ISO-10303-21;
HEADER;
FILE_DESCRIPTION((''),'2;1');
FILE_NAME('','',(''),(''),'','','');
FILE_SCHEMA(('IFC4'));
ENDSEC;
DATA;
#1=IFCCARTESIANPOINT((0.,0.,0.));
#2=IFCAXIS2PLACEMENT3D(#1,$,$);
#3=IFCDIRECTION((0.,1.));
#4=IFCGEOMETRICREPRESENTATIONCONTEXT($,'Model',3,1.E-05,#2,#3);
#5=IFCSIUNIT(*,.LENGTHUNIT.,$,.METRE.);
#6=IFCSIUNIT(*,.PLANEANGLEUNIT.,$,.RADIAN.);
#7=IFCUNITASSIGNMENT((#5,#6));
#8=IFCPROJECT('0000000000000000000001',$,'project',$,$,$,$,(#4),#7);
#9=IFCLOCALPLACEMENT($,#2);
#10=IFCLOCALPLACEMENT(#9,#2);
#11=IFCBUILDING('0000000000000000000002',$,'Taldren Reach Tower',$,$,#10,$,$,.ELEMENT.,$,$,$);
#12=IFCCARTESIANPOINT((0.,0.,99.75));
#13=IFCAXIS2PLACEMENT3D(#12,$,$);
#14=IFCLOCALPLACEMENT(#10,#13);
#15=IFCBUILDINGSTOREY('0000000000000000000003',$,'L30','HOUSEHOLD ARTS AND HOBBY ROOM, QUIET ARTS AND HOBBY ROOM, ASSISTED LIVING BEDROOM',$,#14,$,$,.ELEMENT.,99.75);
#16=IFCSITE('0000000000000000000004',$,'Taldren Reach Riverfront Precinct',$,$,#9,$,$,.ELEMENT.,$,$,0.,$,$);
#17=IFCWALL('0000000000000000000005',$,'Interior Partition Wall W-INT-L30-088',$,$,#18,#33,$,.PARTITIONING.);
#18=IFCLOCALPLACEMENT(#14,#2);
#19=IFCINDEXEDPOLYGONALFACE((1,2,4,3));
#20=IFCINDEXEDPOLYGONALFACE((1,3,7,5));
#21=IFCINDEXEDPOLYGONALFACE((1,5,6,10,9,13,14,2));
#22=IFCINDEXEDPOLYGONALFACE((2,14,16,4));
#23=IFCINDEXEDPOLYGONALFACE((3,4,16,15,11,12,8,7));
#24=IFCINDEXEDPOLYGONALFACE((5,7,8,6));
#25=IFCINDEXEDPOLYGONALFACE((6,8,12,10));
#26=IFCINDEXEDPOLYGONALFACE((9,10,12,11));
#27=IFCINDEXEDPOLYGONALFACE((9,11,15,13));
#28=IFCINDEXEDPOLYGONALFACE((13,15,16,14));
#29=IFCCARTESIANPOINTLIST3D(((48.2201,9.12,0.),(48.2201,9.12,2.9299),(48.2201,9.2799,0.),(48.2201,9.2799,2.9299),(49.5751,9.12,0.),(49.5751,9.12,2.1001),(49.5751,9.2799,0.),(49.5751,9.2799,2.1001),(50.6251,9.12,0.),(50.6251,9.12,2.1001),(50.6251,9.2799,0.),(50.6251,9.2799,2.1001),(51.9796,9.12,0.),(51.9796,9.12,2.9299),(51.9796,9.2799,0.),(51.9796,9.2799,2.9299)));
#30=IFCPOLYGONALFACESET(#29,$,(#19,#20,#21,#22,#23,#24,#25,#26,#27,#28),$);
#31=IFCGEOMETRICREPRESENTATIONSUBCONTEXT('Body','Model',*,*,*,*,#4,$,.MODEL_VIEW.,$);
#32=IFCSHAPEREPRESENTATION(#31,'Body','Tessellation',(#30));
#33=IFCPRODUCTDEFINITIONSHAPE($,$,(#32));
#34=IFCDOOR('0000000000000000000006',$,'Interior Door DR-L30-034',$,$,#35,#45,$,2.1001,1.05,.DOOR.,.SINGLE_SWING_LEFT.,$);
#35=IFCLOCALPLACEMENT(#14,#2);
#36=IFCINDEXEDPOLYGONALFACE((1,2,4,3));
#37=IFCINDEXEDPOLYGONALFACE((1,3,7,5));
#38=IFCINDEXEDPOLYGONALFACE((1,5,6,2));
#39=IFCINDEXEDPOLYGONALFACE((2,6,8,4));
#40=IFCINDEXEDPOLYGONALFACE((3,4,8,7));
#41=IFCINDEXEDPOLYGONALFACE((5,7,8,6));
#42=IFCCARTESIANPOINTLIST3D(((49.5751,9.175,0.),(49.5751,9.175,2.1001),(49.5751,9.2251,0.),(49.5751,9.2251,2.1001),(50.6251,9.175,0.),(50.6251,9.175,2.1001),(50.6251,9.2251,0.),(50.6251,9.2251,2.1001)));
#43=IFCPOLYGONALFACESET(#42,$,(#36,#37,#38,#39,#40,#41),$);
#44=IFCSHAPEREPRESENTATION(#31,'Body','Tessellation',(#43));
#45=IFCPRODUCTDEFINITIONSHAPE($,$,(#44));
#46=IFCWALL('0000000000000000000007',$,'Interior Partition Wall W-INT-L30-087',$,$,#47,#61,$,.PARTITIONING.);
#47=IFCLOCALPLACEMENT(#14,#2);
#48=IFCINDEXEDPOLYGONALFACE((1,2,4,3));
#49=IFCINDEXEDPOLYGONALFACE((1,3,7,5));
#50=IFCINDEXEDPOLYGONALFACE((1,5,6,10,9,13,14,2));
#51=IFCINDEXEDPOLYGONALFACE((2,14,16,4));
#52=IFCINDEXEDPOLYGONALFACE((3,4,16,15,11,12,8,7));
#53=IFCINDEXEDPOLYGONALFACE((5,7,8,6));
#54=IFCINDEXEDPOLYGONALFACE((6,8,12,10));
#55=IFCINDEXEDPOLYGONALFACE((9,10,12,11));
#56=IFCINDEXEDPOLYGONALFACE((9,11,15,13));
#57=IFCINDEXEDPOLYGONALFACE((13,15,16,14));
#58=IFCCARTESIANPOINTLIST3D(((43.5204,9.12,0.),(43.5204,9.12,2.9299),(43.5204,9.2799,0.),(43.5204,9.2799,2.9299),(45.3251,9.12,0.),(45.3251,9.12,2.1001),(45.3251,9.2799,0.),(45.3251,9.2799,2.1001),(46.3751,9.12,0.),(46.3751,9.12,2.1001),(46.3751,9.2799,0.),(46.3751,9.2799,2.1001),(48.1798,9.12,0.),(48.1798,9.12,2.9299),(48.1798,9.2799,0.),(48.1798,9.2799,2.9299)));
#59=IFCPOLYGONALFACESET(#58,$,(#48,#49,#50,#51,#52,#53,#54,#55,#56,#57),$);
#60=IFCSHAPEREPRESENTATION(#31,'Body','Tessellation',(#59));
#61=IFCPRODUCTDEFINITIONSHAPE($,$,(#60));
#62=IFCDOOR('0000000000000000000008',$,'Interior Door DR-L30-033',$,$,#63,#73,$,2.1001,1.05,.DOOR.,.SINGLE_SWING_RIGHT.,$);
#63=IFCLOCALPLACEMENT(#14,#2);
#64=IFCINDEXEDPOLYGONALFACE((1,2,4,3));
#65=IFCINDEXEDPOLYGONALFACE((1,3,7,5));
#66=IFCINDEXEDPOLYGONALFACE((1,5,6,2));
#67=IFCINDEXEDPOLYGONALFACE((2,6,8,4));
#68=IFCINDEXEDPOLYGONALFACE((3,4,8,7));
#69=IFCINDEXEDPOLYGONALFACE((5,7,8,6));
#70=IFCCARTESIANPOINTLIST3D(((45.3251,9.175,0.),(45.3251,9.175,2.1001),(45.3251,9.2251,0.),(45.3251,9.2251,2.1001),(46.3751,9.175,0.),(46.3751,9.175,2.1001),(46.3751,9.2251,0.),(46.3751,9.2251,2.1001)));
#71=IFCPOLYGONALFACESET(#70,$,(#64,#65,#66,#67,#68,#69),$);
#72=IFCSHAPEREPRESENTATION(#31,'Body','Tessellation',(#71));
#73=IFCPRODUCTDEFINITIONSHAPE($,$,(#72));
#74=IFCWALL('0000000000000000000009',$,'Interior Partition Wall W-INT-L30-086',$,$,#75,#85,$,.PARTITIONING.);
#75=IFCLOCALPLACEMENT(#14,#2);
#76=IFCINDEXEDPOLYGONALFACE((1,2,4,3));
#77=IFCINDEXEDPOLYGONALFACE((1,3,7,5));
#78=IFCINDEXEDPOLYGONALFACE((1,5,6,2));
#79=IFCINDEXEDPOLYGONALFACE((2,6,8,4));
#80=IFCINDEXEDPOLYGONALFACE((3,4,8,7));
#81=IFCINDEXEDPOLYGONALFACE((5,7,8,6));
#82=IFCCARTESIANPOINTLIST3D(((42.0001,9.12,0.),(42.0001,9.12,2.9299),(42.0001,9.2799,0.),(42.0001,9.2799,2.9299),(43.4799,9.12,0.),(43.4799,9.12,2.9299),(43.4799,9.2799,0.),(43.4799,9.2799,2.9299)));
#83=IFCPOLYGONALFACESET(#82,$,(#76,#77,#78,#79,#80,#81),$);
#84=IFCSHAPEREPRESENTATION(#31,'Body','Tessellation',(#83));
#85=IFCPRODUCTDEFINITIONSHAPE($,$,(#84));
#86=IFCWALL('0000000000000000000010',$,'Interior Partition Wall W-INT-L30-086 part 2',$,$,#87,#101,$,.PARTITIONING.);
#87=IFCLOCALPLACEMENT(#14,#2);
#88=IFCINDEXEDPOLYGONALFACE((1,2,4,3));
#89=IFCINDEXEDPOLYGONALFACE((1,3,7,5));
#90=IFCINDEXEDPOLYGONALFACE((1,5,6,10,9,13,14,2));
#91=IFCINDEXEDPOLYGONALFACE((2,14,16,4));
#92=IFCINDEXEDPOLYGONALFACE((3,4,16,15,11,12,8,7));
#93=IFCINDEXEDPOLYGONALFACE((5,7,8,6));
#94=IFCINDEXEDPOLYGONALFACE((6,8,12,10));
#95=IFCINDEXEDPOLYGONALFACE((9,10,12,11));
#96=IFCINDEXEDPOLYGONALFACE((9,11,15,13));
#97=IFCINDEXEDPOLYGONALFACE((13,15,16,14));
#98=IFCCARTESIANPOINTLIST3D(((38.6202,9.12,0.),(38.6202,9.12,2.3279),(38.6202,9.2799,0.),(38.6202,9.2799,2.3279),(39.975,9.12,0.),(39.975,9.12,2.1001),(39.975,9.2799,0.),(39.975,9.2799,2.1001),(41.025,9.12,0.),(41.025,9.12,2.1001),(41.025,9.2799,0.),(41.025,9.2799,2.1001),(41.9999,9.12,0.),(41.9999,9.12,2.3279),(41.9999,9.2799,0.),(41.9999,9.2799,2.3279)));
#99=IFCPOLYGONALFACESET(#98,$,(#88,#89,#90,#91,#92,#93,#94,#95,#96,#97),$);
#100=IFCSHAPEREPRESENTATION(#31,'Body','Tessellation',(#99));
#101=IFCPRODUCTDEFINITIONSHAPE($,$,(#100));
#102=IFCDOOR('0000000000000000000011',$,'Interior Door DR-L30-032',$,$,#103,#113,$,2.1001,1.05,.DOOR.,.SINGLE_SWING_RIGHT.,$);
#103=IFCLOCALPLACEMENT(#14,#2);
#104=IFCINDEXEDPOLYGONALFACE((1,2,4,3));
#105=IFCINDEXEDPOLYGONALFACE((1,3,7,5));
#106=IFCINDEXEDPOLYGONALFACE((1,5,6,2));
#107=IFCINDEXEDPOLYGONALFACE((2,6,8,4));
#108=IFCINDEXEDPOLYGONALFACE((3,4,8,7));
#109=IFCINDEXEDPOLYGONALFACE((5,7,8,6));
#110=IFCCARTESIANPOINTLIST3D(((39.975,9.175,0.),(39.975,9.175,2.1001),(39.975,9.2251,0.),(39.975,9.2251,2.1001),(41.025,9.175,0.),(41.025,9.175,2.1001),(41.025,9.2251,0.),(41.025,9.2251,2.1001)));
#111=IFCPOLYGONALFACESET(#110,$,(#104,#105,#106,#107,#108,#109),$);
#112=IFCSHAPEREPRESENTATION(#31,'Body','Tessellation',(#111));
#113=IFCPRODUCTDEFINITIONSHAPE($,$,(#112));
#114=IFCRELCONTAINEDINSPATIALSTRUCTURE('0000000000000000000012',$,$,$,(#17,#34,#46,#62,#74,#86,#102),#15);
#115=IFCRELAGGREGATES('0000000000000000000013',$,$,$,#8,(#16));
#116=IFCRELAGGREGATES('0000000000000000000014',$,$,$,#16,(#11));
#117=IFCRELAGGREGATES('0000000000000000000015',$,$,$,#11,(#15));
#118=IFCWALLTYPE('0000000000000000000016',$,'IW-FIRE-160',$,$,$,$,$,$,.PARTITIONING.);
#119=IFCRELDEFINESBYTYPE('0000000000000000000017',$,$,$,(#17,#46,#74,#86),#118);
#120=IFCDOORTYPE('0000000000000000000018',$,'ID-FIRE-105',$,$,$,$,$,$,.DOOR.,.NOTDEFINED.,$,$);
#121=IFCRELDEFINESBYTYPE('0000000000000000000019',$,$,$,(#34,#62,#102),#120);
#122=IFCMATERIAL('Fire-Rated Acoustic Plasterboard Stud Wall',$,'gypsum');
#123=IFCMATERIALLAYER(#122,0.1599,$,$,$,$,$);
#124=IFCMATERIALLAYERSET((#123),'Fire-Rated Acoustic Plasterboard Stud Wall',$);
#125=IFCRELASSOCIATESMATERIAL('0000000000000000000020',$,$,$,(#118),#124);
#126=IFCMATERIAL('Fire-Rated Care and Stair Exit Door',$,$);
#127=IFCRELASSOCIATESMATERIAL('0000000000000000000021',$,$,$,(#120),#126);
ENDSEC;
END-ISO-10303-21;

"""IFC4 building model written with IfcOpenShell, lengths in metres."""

from ifc_helpers import new_model, si_unit, direction, frame, frame_2d, origin, place, context, subcontext, project, spatial, rectangle, extrude, source, transform, mapped, material, layer, layer_set, type_object, element, fill, save


model = new_model("IFC4")

# Units and contexts
model_context = context("Model", 3, precision=1e-05, world=origin(), true_north=direction((0.0, 1.0)))
body_context = subcontext(model_context, "Body", "Model", "MODEL_VIEW")
ifc_project = project(units=[si_unit("LENGTHUNIT", "METRE"), si_unit("PLANEANGLEUNIT", "RADIAN")], contexts=[model_context])

# Site, building, storey
site_placement = place(None, origin())
site = spatial("IfcSite", under=ifc_project, at=site_placement, Name="Taldren Reach Riverfront Precinct", CompositionType="ELEMENT", RefElevation=0.0)
building_placement = place(site_placement, origin())
building = spatial("IfcBuilding", under=site, at=building_placement, Name="Taldren Reach Tower", CompositionType="ELEMENT")
storey_placement = place(building_placement, frame((0.0, 0.0, 99.75)))
storey = spatial("IfcBuildingStorey", under=building, at=storey_placement, Name="L30", Description="HOUSEHOLD ARTS AND HOBBY ROOM, QUIET ARTS AND HOBBY ROOM, ASSISTED LIVING BEDROOM", CompositionType="ELEMENT", Elevation=99.75)

# Shared definitions
ifc_material_1 = material(Name="Fire-Rated Acoustic Plasterboard Stud Wall", Category="gypsum")
ifc_layer_1 = layer(ifc_material_1, 0.1599)
ifc_layer_set_1 = layer_set([ifc_layer_1], Name="Fire-Rated Acoustic Plasterboard Stud Wall")
wall_type_1 = type_object("IfcWallType", Name="IW-FIRE-160", PredefinedType="PARTITIONING", material=ifc_layer_set_1)

# Shared definitions
shared_shape_1 = source(origin(), body_context, "Body", "SweptSolid", [
    extrude(rectangle(XDim=1.05, YDim=2.1001, at=frame_2d((0.5249, 1.05))), frame((0.0, 0.0898, 0.0), z_axis=(0.0, -1.0, 0.0), x_axis=(1.0, 0.0, 0.0)), (0.0, 0.0, 1.0), 0.1799),
])
ifc_material_2 = material(Name="Fire-Rated Care and Stair Exit Door")
door_type = type_object("IfcDoorType", Name="ID-FIRE-105", OperationType="NOTDEFINED", PredefinedType="DOOR", material=ifc_material_2)
shared_shape_2 = source(origin(), body_context, "Body", "SweptSolid", [
    extrude(rectangle(XDim=1.05, YDim=2.1001, at=frame_2d((0.5249, 1.05))), frame((0.0, 0.0249, 0.0), z_axis=(0.0, -1.0, 0.0), x_axis=(1.0, 0.0, 0.0)), (0.0, 0.0, 1.0), 0.05),
])

# Walls, openings, doors
shared_shape_3 = source(origin(), body_context, "Body", "SweptSolid", [
    extrude(rectangle(XDim=3.7595, YDim=0.1599, at=frame_2d((1.8799, 0.0))), origin(), (0.0, 0.0, 1.0), 2.9299),
])
wall_1_placement = place(storey_placement, frame((51.9797, 9.2, 0.0), z_axis=(0.0, 0.0, 1.0), x_axis=(-1.0, 0.0, 0.0)))
wall_1 = element("IfcWall", 1, at=wall_1_placement, inside=storey, type_object=wall_type_1, Name="Interior Partition Wall W-INT-L30-088", PredefinedType="PARTITIONING", context=body_context, shape_type="MappedRepresentation", body=[
    mapped(shared_shape_3, transform((0.0, 0.0, 0.0), scale=1.0)),
])
opening_1_placement = place(wall_1_placement, frame((1.3547, 0.0, 0.0)))
opening_1 = element("IfcOpeningElement", 2, at=opening_1_placement, cuts=wall_1, PredefinedType="OPENING", context=body_context, shape_type="MappedRepresentation", body=[
    mapped(shared_shape_1, transform((0.0, 0.0, 0.0), scale=1.0)),
])
door_1_placement = place(opening_1_placement, origin())
door_1 = element("IfcDoor", 3, at=door_1_placement, inside=storey, type_object=door_type, Name="Interior Door DR-L30-034", OperationType="SINGLE_SWING_LEFT", OverallHeight=2.1001, OverallWidth=1.05, PredefinedType="DOOR", context=body_context, shape_type="MappedRepresentation", body=[
    mapped(shared_shape_2, transform((0.0, 0.0, 0.0), scale=1.0)),
])
fill(opening_1, door_1)
shared_shape_4 = source(origin(), body_context, "Body", "SweptSolid", [
    extrude(rectangle(XDim=4.6594, YDim=0.1599, at=frame_2d((2.3296, 0.0))), origin(), (0.0, 0.0, 1.0), 2.9299),
])
wall_2_placement = place(storey_placement, frame((48.1797, 9.2, 0.0), z_axis=(0.0, 0.0, 1.0), x_axis=(-1.0, 0.0, 0.0)))
wall_2 = element("IfcWall", 4, at=wall_2_placement, inside=storey, type_object=wall_type_1, Name="Interior Partition Wall W-INT-L30-087", PredefinedType="PARTITIONING", context=body_context, shape_type="MappedRepresentation", body=[
    mapped(shared_shape_4, transform((0.0, 0.0, 0.0), scale=1.0)),
])
opening_2_placement = place(wall_2_placement, frame((1.8047, 0.0, 0.0)))
opening_2 = element("IfcOpeningElement", 5, at=opening_2_placement, cuts=wall_2, PredefinedType="OPENING", context=body_context, shape_type="MappedRepresentation", body=[
    mapped(shared_shape_1, transform((0.0, 0.0, 0.0), scale=1.0)),
])
door_2_placement = place(opening_2_placement, origin())
door_2 = element("IfcDoor", 6, at=door_2_placement, inside=storey, type_object=door_type, Name="Interior Door DR-L30-033", OperationType="SINGLE_SWING_RIGHT", OverallHeight=2.1001, OverallWidth=1.05, PredefinedType="DOOR", context=body_context, shape_type="MappedRepresentation", body=[
    mapped(shared_shape_2, transform((0.0, 0.0, 0.0), scale=1.0)),
])
fill(opening_2, door_2)

# Wall
shared_shape_5 = source(origin(), body_context, "Body", "SweptSolid", [
    extrude(rectangle(XDim=1.4797, YDim=0.1599, at=frame_2d((0.7397, 0.0))), origin(), (0.0, 0.0, 1.0), 2.9299),
])
wall_3_placement = place(storey_placement, frame((43.4797, 9.2, 0.0), z_axis=(0.0, 0.0, 1.0), x_axis=(-1.0, 0.0, 0.0)))
element("IfcWall", 7, at=wall_3_placement, inside=storey, type_object=wall_type_1, Name="Interior Partition Wall W-INT-L30-086", PredefinedType="PARTITIONING", context=body_context, shape_type="MappedRepresentation", body=[
    mapped(shared_shape_5, transform((0.0, 0.0, 0.0), scale=1.0)),
])

# Wall, opening, door
shared_shape_6 = source(origin(), body_context, "Body", "SweptSolid", [
    extrude(rectangle(XDim=3.3796, YDim=0.1599, at=frame_2d((1.6899, 0.0))), origin(), (0.0, 0.0, 1.0), 2.3279),
])
wall_4_placement = place(storey_placement, frame((42.0, 9.2, 0.0), z_axis=(0.0, 0.0, 1.0), x_axis=(-1.0, 0.0, 0.0)))
wall_4 = element("IfcWall", 8, at=wall_4_placement, inside=storey, type_object=wall_type_1, Name="Interior Partition Wall W-INT-L30-086 part 2", PredefinedType="PARTITIONING", context=body_context, shape_type="MappedRepresentation", body=[
    mapped(shared_shape_6, transform((0.0, 0.0, 0.0), scale=1.0)),
])
opening_3_placement = place(wall_4_placement, frame((0.9751, 0.0, 0.0)))
opening_3 = element("IfcOpeningElement", 9, at=opening_3_placement, cuts=wall_4, PredefinedType="OPENING", context=body_context, shape_type="MappedRepresentation", body=[
    mapped(shared_shape_1, transform((0.0, 0.0, 0.0), scale=1.0)),
])
door_3_placement = place(opening_3_placement, origin())
door_3 = element("IfcDoor", 10, at=door_3_placement, inside=storey, type_object=door_type, Name="Interior Door DR-L30-032", OperationType="SINGLE_SWING_RIGHT", OverallHeight=2.1001, OverallWidth=1.05, PredefinedType="DOOR", context=body_context, shape_type="MappedRepresentation", body=[
    mapped(shared_shape_2, transform((0.0, 0.0, 0.0), scale=1.0)),
])
fill(opening_3, door_3)

save(model, "model.ifc")
